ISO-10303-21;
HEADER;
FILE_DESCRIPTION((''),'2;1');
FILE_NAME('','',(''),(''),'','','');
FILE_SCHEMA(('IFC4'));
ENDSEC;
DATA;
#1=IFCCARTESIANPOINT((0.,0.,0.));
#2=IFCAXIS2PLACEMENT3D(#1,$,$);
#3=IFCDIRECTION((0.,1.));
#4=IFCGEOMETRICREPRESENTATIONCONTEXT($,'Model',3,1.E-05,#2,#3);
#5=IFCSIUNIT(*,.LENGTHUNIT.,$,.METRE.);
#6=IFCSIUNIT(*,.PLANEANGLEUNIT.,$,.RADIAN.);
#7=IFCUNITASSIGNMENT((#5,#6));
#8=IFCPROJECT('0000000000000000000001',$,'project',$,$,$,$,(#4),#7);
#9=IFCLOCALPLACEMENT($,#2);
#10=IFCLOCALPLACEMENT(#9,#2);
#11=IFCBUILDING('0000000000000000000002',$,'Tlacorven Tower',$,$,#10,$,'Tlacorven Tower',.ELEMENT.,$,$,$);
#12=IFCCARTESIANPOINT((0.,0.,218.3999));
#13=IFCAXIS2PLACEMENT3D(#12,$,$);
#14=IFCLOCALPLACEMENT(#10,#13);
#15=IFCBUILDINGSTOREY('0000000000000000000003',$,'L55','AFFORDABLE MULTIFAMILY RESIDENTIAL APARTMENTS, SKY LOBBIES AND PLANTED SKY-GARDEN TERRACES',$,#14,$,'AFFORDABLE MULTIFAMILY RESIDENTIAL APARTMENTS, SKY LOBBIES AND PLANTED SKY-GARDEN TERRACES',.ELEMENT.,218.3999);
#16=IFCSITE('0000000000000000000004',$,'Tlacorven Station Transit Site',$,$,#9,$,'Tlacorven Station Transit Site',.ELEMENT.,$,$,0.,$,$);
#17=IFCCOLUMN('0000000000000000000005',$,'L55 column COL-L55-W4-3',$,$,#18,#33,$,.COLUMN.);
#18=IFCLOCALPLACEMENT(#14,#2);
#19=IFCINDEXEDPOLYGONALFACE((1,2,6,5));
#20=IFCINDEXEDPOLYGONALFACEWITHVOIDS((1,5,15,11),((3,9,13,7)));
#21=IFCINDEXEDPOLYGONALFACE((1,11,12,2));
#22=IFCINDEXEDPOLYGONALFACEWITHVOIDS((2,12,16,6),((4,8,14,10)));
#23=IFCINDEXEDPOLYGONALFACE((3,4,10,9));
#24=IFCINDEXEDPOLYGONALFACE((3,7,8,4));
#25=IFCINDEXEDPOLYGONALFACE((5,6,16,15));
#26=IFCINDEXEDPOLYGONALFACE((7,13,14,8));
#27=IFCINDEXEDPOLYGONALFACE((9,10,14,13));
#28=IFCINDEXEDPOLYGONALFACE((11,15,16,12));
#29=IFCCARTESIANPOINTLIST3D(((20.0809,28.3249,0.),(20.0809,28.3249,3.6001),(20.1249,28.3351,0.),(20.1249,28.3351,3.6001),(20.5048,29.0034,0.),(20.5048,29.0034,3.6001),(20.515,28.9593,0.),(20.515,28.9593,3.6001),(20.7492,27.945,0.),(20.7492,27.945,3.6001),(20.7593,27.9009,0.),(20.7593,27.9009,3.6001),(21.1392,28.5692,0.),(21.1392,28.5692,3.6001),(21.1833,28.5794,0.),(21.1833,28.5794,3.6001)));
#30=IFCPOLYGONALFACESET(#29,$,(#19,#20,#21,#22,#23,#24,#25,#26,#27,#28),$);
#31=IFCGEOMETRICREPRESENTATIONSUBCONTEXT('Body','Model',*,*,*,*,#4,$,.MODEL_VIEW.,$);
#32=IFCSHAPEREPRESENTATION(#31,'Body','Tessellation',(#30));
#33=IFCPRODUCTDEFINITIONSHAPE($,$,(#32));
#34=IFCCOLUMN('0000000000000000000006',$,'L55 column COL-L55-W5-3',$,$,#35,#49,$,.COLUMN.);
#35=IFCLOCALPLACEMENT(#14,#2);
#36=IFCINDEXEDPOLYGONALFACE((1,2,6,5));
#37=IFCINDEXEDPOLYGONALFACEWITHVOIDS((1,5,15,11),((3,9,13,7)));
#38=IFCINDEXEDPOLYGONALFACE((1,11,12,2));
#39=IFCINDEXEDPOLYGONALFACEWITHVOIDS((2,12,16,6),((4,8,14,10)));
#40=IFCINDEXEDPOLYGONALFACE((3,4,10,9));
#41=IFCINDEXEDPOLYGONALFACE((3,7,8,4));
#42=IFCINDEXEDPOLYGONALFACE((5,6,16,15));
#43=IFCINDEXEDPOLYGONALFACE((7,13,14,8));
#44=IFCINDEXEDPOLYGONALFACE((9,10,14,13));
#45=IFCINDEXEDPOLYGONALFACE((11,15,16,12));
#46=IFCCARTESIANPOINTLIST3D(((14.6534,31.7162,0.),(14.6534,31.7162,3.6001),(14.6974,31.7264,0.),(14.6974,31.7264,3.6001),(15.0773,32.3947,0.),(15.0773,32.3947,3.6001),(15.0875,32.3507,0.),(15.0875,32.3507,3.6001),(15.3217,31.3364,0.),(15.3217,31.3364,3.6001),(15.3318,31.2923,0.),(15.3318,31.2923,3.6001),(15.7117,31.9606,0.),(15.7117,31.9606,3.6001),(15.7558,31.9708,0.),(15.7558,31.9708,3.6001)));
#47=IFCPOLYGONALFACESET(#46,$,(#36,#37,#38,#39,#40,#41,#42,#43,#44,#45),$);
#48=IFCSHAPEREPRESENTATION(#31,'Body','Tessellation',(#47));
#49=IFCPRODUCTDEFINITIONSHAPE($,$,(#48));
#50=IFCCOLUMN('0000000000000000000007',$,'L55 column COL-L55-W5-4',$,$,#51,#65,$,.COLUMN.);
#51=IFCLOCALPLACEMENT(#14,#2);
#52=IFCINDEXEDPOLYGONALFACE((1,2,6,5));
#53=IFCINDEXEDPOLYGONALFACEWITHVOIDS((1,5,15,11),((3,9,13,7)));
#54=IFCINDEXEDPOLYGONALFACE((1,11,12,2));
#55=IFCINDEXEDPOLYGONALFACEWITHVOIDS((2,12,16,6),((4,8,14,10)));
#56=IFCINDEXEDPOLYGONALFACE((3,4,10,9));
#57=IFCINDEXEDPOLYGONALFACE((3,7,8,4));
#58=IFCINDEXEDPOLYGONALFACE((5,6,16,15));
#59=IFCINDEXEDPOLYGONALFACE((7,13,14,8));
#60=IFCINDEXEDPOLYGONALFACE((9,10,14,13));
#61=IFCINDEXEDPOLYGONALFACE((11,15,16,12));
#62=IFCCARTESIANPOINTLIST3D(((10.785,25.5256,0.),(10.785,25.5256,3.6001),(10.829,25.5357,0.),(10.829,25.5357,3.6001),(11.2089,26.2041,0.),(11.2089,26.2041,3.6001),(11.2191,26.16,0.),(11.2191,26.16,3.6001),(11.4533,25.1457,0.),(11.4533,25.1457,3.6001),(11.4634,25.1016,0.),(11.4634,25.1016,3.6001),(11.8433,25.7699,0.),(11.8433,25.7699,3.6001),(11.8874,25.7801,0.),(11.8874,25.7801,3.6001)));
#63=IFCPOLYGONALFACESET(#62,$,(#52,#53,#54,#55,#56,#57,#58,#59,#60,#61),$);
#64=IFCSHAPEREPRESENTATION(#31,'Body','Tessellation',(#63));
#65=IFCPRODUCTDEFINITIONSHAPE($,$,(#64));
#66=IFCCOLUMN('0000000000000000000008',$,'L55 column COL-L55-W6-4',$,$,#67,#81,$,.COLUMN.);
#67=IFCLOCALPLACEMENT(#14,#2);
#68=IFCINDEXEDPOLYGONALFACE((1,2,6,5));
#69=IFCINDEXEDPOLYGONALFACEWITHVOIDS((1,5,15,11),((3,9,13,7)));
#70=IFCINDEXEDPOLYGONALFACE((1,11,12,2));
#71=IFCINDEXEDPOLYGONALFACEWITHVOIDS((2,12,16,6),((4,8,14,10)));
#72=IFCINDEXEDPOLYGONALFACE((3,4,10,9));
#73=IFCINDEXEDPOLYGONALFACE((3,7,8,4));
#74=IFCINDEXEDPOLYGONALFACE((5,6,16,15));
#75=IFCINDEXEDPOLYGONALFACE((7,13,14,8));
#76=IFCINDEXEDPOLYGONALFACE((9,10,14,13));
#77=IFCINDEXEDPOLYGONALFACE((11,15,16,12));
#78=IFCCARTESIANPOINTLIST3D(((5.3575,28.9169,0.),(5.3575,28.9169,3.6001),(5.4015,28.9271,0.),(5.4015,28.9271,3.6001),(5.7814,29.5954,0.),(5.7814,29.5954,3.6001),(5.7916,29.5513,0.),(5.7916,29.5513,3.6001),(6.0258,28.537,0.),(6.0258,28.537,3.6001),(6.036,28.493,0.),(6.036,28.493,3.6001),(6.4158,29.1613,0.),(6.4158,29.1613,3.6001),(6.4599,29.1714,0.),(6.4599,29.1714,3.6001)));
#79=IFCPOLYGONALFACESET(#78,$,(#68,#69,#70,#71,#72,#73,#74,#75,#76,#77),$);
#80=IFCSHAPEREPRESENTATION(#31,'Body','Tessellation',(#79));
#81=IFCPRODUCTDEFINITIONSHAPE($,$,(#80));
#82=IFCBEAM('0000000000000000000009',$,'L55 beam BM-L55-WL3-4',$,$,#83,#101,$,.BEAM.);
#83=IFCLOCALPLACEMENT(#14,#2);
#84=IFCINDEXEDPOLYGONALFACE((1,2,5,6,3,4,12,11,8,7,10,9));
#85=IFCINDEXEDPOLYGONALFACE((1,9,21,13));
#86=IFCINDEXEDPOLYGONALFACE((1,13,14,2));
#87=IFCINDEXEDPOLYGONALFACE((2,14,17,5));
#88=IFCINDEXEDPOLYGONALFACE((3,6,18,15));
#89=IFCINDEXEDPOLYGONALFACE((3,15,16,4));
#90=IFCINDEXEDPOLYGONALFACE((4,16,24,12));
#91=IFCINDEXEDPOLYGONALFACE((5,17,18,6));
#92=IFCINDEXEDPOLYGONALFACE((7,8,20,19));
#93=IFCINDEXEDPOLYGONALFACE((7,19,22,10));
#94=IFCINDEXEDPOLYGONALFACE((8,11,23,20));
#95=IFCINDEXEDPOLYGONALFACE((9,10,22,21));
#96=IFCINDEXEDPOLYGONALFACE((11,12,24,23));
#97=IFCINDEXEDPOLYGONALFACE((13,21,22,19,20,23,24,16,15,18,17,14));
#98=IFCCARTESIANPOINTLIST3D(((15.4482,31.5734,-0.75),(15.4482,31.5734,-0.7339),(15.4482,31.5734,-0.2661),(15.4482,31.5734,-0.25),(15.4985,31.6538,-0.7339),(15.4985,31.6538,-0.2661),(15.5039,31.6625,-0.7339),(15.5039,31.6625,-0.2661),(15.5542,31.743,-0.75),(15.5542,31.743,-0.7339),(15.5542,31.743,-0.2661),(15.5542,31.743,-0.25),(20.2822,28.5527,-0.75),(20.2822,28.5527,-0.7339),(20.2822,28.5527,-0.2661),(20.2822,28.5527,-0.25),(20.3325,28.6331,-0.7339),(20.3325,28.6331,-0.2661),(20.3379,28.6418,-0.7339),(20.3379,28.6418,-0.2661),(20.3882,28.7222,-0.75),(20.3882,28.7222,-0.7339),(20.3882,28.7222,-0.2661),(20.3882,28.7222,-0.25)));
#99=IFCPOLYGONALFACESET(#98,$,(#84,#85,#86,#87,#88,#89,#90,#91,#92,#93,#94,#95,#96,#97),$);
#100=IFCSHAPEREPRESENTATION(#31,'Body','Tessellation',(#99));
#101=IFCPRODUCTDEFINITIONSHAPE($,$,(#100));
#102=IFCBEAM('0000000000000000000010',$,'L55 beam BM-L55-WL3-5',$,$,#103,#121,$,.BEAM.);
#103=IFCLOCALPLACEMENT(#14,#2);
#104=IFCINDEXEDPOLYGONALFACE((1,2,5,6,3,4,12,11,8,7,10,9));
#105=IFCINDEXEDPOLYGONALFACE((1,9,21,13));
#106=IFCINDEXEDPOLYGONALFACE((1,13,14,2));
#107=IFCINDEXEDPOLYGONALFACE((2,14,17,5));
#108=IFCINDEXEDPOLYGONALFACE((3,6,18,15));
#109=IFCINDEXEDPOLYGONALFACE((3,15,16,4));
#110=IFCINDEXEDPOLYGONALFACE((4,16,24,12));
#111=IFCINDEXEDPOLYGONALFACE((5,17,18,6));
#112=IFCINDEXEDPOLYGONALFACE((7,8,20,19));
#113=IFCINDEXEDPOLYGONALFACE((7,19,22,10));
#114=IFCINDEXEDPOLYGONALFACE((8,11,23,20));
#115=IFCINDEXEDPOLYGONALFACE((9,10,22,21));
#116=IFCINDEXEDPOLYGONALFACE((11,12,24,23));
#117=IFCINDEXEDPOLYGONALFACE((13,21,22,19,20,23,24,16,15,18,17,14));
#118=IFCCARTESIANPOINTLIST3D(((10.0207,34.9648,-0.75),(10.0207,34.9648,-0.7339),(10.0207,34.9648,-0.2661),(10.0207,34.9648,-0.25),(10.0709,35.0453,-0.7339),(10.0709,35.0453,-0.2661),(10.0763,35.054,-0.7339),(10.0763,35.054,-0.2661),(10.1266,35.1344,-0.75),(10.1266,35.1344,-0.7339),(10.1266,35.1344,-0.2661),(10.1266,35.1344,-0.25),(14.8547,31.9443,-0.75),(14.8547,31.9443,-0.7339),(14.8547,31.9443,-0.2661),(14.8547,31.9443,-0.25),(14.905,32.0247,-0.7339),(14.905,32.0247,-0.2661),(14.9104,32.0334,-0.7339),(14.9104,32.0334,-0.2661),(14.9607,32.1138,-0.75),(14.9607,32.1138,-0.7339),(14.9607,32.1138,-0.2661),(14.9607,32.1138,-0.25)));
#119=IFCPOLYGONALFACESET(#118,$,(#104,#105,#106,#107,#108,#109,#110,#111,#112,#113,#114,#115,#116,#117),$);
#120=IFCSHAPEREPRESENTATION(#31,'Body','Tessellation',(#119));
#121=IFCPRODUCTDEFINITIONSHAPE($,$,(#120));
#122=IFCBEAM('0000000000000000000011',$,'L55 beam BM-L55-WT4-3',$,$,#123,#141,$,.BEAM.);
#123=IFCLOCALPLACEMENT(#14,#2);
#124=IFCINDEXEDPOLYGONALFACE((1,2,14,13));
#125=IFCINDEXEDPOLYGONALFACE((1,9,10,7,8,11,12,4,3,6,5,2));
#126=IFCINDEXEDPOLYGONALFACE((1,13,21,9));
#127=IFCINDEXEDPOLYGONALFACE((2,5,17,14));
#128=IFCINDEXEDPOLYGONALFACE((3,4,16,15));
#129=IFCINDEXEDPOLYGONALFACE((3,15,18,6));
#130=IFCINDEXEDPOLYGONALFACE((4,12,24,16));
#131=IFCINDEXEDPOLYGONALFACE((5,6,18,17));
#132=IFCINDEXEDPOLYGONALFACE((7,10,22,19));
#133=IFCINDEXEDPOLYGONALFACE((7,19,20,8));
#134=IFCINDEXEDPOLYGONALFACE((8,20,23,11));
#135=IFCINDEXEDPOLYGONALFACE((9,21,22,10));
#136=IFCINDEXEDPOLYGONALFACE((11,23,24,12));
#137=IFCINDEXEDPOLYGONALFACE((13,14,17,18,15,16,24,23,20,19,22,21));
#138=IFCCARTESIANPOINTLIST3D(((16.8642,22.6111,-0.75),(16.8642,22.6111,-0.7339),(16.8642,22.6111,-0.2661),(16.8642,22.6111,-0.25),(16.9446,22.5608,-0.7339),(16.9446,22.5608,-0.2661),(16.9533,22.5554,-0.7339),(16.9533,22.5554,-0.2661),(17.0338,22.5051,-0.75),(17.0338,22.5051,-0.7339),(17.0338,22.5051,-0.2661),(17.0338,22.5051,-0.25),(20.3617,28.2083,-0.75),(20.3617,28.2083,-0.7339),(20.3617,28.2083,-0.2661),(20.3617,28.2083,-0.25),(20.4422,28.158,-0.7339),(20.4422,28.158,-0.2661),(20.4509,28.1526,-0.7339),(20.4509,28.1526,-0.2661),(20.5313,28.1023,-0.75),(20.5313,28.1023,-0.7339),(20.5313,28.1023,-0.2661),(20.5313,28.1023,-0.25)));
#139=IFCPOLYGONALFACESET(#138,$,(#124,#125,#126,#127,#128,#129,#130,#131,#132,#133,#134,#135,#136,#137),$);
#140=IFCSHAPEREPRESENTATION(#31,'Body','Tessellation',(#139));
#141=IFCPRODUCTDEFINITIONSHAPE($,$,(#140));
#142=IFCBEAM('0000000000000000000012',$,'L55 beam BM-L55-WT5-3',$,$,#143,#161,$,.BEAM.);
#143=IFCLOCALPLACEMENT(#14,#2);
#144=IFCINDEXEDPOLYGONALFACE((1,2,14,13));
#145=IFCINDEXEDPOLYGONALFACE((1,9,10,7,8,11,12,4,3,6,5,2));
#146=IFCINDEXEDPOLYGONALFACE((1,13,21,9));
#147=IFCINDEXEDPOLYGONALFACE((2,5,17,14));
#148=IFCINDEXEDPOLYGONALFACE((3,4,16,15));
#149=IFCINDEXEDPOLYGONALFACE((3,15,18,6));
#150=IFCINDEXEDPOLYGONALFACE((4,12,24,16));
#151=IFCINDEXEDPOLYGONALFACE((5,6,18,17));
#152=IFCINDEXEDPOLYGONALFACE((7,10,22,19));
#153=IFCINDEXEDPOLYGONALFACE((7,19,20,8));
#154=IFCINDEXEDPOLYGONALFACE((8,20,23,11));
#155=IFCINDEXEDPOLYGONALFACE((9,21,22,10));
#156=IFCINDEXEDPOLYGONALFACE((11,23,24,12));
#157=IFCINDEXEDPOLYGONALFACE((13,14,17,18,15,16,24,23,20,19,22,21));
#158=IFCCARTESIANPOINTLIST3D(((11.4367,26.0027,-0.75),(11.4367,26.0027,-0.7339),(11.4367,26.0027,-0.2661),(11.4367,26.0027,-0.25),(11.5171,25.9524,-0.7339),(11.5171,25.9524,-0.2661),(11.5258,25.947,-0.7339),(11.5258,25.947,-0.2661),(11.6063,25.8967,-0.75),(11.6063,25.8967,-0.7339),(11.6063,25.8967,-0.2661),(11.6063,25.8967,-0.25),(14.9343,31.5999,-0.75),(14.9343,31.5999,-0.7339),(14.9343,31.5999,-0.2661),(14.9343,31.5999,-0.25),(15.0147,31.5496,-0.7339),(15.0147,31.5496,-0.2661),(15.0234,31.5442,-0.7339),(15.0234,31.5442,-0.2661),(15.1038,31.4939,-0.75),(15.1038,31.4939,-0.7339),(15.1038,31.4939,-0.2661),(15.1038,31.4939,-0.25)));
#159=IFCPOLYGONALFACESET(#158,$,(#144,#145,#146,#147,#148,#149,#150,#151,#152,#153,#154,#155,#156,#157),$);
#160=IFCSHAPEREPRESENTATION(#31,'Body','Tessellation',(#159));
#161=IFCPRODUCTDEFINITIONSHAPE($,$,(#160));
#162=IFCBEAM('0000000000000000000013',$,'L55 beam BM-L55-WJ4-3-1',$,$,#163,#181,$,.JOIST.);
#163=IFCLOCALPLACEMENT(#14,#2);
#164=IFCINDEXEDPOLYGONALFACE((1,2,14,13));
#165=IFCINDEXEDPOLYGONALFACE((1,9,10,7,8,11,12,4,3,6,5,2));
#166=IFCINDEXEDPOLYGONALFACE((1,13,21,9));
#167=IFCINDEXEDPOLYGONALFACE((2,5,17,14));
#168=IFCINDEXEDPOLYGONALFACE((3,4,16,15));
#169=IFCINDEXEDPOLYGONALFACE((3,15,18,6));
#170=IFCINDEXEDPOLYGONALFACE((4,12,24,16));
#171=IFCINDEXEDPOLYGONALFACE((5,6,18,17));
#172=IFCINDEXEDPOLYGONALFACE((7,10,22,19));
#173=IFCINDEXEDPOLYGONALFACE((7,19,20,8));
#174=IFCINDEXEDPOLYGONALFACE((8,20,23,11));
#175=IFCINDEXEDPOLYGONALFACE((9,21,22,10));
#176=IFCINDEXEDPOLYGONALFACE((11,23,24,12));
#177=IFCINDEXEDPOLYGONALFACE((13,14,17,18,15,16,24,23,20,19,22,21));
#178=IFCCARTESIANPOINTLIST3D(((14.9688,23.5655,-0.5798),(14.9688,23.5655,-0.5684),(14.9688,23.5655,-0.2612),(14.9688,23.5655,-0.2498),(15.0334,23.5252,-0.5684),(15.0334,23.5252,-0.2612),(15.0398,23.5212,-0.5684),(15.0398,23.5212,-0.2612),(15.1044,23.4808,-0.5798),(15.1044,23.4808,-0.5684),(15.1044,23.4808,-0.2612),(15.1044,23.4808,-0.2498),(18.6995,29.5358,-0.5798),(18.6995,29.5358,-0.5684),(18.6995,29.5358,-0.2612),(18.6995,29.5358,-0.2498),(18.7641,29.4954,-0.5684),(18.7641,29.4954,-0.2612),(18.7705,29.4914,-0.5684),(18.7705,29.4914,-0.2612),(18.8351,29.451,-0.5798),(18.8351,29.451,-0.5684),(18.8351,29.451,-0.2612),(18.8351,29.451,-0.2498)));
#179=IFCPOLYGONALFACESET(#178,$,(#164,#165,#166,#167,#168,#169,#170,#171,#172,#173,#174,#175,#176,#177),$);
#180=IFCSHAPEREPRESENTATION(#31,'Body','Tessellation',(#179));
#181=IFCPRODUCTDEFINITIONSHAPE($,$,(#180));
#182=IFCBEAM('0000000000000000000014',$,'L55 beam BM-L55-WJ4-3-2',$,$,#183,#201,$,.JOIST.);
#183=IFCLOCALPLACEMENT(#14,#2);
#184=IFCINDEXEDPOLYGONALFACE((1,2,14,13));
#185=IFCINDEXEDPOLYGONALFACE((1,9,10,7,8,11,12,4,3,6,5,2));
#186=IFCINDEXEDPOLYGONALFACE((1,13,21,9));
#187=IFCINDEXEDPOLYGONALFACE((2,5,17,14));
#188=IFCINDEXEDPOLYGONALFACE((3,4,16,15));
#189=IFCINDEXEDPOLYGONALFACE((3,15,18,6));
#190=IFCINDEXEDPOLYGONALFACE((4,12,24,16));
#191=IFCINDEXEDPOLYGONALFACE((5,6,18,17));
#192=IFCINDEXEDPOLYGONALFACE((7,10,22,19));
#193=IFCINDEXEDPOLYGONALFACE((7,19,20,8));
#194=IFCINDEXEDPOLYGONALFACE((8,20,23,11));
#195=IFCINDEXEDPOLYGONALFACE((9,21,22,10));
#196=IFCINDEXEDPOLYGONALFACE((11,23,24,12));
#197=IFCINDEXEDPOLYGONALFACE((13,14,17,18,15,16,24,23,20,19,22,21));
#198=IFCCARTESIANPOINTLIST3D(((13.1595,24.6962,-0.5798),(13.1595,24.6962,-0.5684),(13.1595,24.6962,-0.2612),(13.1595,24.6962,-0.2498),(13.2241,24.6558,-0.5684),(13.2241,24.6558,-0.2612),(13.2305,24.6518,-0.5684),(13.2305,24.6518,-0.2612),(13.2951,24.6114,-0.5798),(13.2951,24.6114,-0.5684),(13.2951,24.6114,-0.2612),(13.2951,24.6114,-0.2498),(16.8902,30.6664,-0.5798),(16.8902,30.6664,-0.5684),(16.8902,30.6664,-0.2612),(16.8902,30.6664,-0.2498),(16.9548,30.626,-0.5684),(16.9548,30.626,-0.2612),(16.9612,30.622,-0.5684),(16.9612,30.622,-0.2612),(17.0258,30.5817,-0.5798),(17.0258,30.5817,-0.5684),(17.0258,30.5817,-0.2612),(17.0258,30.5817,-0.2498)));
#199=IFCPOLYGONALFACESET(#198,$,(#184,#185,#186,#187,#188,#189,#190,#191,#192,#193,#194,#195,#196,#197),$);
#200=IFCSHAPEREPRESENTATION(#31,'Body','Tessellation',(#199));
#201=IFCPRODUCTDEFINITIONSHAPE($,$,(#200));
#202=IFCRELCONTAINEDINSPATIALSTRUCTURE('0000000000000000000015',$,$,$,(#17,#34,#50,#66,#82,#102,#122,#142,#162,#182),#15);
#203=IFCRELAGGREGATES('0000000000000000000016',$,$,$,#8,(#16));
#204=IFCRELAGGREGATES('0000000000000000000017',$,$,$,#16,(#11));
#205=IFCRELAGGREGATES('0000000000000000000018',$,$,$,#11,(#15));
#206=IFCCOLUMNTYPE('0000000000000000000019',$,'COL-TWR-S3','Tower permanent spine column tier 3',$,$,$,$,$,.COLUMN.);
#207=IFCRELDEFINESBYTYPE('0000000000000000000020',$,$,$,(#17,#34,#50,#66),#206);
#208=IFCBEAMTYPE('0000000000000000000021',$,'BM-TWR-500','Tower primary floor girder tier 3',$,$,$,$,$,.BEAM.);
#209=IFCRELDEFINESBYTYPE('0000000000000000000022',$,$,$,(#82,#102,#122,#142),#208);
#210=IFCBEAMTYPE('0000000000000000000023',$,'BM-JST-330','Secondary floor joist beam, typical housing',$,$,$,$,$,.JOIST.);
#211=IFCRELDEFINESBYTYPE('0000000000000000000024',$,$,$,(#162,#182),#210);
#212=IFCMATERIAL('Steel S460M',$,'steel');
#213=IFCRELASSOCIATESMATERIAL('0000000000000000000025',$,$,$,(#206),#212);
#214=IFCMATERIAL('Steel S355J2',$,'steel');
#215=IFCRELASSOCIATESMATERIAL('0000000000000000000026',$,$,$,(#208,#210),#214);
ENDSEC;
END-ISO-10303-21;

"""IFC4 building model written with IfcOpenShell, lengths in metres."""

from ifc_helpers import new_model, si_unit, direction, frame, origin, origin_2d, place, context, subcontext, project, spatial, hollow_rectangle, i_section, extrude, source, transform, mapped, material, material_profile, profile_set, type_object, element, save


model = new_model("IFC4")

# Units and contexts
model_context = context("Model", 3, precision=1e-05, world=origin(), true_north=direction((0.0, 1.0)))
body_context = subcontext(model_context, "Body", "Model", "MODEL_VIEW")
ifc_project = project(units=[si_unit("LENGTHUNIT", "METRE"), si_unit("PLANEANGLEUNIT", "RADIAN")], contexts=[model_context])

# Site, building, storey
site_placement = place(None, origin())
site = spatial("IfcSite", under=ifc_project, at=site_placement, Name="Tlacorven Station Transit Site", LongName="Tlacorven Station Transit Site", CompositionType="ELEMENT", RefElevation=0.0)
building_placement = place(site_placement, origin())
building = spatial("IfcBuilding", under=site, at=building_placement, Name="Tlacorven Tower", LongName="Tlacorven Tower", CompositionType="ELEMENT")
storey_placement = place(building_placement, frame((0.0, 0.0, 218.3999)))
storey = spatial("IfcBuildingStorey", under=building, at=storey_placement, Name="L55", Description="AFFORDABLE MULTIFAMILY RESIDENTIAL APARTMENTS, SKY LOBBIES AND PLANTED SKY-GARDEN TERRACES", LongName="AFFORDABLE MULTIFAMILY RESIDENTIAL APARTMENTS, SKY LOBBIES AND PLANTED SKY-GARDEN TERRACES", CompositionType="ELEMENT", Elevation=218.3999)

# Columns
ifc_material_1 = material(Name="Steel S460M", Category="steel")
ifc_material_profile_1 = material_profile(ifc_material_1, hollow_rectangle(XDim=0.8, YDim=0.8, WallThickness=0.032, at=origin_2d()), Name="BOX 800X800X32")
ifc_profile_set_1 = profile_set([ifc_material_profile_1], Name="Steel S460M")
column_type = type_object("IfcColumnType", Name="COL-TWR-S3", Description="Tower permanent spine column tier 3", PredefinedType="COLUMN", material=ifc_profile_set_1)
shared_shape_1 = source(origin(), body_context, "Body", "SweptSolid", [
    extrude(hollow_rectangle(XDim=0.8, YDim=0.8, WallThickness=0.032, at=origin_2d()), origin(), (0.0, 0.0, 1.0), 3.6001),
])
for number, where, z_axis, x_axis, name in (
    (1, (20.6321, 28.4521, 0.0), (0.0, 0.0, 1.0), (-0.848048, 0.529919, 0.0), "L55 column COL-L55-W4-3"),
    (2, (15.2046, 31.8435, 0.0), (0.0, 0.0, 1.0), (-0.848048, 0.529919, 0.0), "L55 column COL-L55-W5-3"),
    (3, (11.3362, 25.6528, 0.0), (0.0, 0.0, 1.0), (-0.848048, 0.529919, 0.0), "L55 column COL-L55-W5-4"),
    (4, (5.9087, 29.0442, 0.0), (0.0, 0.0, 1.0), (-0.848048, 0.529919, 0.0), "L55 column COL-L55-W6-4"),
):
    element("IfcColumn", number, at=place(storey_placement, frame(where, z_axis=z_axis, x_axis=x_axis)), inside=storey, type_object=column_type, Name=name, PredefinedType="COLUMN", context=body_context, shape_type="MappedRepresentation", body=[
        mapped(shared_shape_1, transform((0.0, 0.0, 0.0), scale=1.0)),
    ])

# Beams
ifc_material_2 = material(Name="Steel S355J2", Category="steel")
ifc_material_profile_2 = material_profile(ifc_material_2, i_section(OverallWidth=0.2, OverallDepth=0.5, WebThickness=0.0103, FlangeThickness=0.0161, at=origin_2d()), Name="IPE 500")
ifc_profile_set_2 = profile_set([ifc_material_profile_2], Name="Steel S355J2")
beam_type_1 = type_object("IfcBeamType", Name="BM-TWR-500", Description="Tower primary floor girder tier 3", PredefinedType="BEAM", material=ifc_profile_set_2)
shared_shape_2 = source(origin(), body_context, "Body", "SweptSolid", [
    extrude(i_section(OverallWidth=0.2, OverallDepth=0.5, WebThickness=0.0103, FlangeThickness=0.0161, at=origin_2d()), origin(), (0.0, 0.0, 1.0), 5.7002),
])
for number, where, z_axis, x_axis, name in (
    (5, (20.3352, 28.6375, -0.5), (-0.848037, 0.529937, 0.0), (-0.529937, -0.848037, 0.0), "L55 beam BM-L55-WL3-4"),
    (6, (14.9077, 32.0291, -0.5), (-0.848056, 0.529907, 0.0), (-0.529907, -0.848056, 0.0), "L55 beam BM-L55-WL3-5"),
):
    element("IfcBeam", number, at=place(storey_placement, frame(where, z_axis=z_axis, x_axis=x_axis)), inside=storey, type_object=beam_type_1, Name=name, PredefinedType="BEAM", context=body_context, shape_type="MappedRepresentation", body=[
        mapped(shared_shape_2, transform((0.0, 0.0, 0.0), scale=1.0)),
    ])
shared_shape_3 = source(origin(), body_context, "Body", "SweptSolid", [
    extrude(i_section(OverallWidth=0.2, OverallDepth=0.5, WebThickness=0.0103, FlangeThickness=0.0161, at=origin_2d()), origin(), (0.0, 0.0, 1.0), 6.6001),
])
for number, where, z_axis, x_axis, name in (
    (7, (20.4465, 28.1553, -0.5), (-0.529926, -0.848044, 0.0), (0.848044, -0.529926, 0.0), "L55 beam BM-L55-WT4-3"),
    (8, (15.019, 31.5469, -0.5), (-0.529926, -0.848044, 0.0), (0.848044, -0.529926, 0.0), "L55 beam BM-L55-WT5-3"),
):
    element("IfcBeam", number, at=place(storey_placement, frame(where, z_axis=z_axis, x_axis=x_axis)), inside=storey, type_object=beam_type_1, Name=name, PredefinedType="BEAM", context=body_context, shape_type="MappedRepresentation", body=[
        mapped(shared_shape_3, transform((0.0, 0.0, 0.0), scale=1.0)),
    ])
ifc_material_profile_3 = material_profile(ifc_material_2, i_section(OverallWidth=0.1599, OverallDepth=0.3301, WebThickness=0.0076, FlangeThickness=0.0115, at=origin_2d()), Name="IPE 330")
ifc_profile_set_3 = profile_set([ifc_material_profile_3], Name="Steel S355J2")
beam_type_2 = type_object("IfcBeamType", Name="BM-JST-330", Description="Secondary floor joist beam, typical housing", PredefinedType="JOIST", material=ifc_profile_set_3)
shared_shape_4 = source(origin(), body_context, "Body", "SweptSolid", [
    extrude(i_section(OverallWidth=0.1599, OverallDepth=0.3301, WebThickness=0.0076, FlangeThickness=0.0115, at=origin_2d()), origin(), (0.0, 0.0, 1.0), 7.04),
])
for number, where, z_axis, x_axis, name in (
    (9, (18.7673, 29.4934, -0.4148), (-0.52993, -0.848041, 0.0), (0.848041, -0.52993, 0.0), "L55 beam BM-L55-WJ4-3-1"),
    (10, (16.958, 30.624, -0.4148), (-0.52993, -0.848041, 0.0), (0.848041, -0.52993, 0.0), "L55 beam BM-L55-WJ4-3-2"),
):
    element("IfcBeam", number, at=place(storey_placement, frame(where, z_axis=z_axis, x_axis=x_axis)), inside=storey, type_object=beam_type_2, Name=name, PredefinedType="JOIST", context=body_context, shape_type="MappedRepresentation", body=[
        mapped(shared_shape_4, transform((0.0, 0.0, 0.0), scale=1.0)),
    ])

save(model, "model.ifc")
